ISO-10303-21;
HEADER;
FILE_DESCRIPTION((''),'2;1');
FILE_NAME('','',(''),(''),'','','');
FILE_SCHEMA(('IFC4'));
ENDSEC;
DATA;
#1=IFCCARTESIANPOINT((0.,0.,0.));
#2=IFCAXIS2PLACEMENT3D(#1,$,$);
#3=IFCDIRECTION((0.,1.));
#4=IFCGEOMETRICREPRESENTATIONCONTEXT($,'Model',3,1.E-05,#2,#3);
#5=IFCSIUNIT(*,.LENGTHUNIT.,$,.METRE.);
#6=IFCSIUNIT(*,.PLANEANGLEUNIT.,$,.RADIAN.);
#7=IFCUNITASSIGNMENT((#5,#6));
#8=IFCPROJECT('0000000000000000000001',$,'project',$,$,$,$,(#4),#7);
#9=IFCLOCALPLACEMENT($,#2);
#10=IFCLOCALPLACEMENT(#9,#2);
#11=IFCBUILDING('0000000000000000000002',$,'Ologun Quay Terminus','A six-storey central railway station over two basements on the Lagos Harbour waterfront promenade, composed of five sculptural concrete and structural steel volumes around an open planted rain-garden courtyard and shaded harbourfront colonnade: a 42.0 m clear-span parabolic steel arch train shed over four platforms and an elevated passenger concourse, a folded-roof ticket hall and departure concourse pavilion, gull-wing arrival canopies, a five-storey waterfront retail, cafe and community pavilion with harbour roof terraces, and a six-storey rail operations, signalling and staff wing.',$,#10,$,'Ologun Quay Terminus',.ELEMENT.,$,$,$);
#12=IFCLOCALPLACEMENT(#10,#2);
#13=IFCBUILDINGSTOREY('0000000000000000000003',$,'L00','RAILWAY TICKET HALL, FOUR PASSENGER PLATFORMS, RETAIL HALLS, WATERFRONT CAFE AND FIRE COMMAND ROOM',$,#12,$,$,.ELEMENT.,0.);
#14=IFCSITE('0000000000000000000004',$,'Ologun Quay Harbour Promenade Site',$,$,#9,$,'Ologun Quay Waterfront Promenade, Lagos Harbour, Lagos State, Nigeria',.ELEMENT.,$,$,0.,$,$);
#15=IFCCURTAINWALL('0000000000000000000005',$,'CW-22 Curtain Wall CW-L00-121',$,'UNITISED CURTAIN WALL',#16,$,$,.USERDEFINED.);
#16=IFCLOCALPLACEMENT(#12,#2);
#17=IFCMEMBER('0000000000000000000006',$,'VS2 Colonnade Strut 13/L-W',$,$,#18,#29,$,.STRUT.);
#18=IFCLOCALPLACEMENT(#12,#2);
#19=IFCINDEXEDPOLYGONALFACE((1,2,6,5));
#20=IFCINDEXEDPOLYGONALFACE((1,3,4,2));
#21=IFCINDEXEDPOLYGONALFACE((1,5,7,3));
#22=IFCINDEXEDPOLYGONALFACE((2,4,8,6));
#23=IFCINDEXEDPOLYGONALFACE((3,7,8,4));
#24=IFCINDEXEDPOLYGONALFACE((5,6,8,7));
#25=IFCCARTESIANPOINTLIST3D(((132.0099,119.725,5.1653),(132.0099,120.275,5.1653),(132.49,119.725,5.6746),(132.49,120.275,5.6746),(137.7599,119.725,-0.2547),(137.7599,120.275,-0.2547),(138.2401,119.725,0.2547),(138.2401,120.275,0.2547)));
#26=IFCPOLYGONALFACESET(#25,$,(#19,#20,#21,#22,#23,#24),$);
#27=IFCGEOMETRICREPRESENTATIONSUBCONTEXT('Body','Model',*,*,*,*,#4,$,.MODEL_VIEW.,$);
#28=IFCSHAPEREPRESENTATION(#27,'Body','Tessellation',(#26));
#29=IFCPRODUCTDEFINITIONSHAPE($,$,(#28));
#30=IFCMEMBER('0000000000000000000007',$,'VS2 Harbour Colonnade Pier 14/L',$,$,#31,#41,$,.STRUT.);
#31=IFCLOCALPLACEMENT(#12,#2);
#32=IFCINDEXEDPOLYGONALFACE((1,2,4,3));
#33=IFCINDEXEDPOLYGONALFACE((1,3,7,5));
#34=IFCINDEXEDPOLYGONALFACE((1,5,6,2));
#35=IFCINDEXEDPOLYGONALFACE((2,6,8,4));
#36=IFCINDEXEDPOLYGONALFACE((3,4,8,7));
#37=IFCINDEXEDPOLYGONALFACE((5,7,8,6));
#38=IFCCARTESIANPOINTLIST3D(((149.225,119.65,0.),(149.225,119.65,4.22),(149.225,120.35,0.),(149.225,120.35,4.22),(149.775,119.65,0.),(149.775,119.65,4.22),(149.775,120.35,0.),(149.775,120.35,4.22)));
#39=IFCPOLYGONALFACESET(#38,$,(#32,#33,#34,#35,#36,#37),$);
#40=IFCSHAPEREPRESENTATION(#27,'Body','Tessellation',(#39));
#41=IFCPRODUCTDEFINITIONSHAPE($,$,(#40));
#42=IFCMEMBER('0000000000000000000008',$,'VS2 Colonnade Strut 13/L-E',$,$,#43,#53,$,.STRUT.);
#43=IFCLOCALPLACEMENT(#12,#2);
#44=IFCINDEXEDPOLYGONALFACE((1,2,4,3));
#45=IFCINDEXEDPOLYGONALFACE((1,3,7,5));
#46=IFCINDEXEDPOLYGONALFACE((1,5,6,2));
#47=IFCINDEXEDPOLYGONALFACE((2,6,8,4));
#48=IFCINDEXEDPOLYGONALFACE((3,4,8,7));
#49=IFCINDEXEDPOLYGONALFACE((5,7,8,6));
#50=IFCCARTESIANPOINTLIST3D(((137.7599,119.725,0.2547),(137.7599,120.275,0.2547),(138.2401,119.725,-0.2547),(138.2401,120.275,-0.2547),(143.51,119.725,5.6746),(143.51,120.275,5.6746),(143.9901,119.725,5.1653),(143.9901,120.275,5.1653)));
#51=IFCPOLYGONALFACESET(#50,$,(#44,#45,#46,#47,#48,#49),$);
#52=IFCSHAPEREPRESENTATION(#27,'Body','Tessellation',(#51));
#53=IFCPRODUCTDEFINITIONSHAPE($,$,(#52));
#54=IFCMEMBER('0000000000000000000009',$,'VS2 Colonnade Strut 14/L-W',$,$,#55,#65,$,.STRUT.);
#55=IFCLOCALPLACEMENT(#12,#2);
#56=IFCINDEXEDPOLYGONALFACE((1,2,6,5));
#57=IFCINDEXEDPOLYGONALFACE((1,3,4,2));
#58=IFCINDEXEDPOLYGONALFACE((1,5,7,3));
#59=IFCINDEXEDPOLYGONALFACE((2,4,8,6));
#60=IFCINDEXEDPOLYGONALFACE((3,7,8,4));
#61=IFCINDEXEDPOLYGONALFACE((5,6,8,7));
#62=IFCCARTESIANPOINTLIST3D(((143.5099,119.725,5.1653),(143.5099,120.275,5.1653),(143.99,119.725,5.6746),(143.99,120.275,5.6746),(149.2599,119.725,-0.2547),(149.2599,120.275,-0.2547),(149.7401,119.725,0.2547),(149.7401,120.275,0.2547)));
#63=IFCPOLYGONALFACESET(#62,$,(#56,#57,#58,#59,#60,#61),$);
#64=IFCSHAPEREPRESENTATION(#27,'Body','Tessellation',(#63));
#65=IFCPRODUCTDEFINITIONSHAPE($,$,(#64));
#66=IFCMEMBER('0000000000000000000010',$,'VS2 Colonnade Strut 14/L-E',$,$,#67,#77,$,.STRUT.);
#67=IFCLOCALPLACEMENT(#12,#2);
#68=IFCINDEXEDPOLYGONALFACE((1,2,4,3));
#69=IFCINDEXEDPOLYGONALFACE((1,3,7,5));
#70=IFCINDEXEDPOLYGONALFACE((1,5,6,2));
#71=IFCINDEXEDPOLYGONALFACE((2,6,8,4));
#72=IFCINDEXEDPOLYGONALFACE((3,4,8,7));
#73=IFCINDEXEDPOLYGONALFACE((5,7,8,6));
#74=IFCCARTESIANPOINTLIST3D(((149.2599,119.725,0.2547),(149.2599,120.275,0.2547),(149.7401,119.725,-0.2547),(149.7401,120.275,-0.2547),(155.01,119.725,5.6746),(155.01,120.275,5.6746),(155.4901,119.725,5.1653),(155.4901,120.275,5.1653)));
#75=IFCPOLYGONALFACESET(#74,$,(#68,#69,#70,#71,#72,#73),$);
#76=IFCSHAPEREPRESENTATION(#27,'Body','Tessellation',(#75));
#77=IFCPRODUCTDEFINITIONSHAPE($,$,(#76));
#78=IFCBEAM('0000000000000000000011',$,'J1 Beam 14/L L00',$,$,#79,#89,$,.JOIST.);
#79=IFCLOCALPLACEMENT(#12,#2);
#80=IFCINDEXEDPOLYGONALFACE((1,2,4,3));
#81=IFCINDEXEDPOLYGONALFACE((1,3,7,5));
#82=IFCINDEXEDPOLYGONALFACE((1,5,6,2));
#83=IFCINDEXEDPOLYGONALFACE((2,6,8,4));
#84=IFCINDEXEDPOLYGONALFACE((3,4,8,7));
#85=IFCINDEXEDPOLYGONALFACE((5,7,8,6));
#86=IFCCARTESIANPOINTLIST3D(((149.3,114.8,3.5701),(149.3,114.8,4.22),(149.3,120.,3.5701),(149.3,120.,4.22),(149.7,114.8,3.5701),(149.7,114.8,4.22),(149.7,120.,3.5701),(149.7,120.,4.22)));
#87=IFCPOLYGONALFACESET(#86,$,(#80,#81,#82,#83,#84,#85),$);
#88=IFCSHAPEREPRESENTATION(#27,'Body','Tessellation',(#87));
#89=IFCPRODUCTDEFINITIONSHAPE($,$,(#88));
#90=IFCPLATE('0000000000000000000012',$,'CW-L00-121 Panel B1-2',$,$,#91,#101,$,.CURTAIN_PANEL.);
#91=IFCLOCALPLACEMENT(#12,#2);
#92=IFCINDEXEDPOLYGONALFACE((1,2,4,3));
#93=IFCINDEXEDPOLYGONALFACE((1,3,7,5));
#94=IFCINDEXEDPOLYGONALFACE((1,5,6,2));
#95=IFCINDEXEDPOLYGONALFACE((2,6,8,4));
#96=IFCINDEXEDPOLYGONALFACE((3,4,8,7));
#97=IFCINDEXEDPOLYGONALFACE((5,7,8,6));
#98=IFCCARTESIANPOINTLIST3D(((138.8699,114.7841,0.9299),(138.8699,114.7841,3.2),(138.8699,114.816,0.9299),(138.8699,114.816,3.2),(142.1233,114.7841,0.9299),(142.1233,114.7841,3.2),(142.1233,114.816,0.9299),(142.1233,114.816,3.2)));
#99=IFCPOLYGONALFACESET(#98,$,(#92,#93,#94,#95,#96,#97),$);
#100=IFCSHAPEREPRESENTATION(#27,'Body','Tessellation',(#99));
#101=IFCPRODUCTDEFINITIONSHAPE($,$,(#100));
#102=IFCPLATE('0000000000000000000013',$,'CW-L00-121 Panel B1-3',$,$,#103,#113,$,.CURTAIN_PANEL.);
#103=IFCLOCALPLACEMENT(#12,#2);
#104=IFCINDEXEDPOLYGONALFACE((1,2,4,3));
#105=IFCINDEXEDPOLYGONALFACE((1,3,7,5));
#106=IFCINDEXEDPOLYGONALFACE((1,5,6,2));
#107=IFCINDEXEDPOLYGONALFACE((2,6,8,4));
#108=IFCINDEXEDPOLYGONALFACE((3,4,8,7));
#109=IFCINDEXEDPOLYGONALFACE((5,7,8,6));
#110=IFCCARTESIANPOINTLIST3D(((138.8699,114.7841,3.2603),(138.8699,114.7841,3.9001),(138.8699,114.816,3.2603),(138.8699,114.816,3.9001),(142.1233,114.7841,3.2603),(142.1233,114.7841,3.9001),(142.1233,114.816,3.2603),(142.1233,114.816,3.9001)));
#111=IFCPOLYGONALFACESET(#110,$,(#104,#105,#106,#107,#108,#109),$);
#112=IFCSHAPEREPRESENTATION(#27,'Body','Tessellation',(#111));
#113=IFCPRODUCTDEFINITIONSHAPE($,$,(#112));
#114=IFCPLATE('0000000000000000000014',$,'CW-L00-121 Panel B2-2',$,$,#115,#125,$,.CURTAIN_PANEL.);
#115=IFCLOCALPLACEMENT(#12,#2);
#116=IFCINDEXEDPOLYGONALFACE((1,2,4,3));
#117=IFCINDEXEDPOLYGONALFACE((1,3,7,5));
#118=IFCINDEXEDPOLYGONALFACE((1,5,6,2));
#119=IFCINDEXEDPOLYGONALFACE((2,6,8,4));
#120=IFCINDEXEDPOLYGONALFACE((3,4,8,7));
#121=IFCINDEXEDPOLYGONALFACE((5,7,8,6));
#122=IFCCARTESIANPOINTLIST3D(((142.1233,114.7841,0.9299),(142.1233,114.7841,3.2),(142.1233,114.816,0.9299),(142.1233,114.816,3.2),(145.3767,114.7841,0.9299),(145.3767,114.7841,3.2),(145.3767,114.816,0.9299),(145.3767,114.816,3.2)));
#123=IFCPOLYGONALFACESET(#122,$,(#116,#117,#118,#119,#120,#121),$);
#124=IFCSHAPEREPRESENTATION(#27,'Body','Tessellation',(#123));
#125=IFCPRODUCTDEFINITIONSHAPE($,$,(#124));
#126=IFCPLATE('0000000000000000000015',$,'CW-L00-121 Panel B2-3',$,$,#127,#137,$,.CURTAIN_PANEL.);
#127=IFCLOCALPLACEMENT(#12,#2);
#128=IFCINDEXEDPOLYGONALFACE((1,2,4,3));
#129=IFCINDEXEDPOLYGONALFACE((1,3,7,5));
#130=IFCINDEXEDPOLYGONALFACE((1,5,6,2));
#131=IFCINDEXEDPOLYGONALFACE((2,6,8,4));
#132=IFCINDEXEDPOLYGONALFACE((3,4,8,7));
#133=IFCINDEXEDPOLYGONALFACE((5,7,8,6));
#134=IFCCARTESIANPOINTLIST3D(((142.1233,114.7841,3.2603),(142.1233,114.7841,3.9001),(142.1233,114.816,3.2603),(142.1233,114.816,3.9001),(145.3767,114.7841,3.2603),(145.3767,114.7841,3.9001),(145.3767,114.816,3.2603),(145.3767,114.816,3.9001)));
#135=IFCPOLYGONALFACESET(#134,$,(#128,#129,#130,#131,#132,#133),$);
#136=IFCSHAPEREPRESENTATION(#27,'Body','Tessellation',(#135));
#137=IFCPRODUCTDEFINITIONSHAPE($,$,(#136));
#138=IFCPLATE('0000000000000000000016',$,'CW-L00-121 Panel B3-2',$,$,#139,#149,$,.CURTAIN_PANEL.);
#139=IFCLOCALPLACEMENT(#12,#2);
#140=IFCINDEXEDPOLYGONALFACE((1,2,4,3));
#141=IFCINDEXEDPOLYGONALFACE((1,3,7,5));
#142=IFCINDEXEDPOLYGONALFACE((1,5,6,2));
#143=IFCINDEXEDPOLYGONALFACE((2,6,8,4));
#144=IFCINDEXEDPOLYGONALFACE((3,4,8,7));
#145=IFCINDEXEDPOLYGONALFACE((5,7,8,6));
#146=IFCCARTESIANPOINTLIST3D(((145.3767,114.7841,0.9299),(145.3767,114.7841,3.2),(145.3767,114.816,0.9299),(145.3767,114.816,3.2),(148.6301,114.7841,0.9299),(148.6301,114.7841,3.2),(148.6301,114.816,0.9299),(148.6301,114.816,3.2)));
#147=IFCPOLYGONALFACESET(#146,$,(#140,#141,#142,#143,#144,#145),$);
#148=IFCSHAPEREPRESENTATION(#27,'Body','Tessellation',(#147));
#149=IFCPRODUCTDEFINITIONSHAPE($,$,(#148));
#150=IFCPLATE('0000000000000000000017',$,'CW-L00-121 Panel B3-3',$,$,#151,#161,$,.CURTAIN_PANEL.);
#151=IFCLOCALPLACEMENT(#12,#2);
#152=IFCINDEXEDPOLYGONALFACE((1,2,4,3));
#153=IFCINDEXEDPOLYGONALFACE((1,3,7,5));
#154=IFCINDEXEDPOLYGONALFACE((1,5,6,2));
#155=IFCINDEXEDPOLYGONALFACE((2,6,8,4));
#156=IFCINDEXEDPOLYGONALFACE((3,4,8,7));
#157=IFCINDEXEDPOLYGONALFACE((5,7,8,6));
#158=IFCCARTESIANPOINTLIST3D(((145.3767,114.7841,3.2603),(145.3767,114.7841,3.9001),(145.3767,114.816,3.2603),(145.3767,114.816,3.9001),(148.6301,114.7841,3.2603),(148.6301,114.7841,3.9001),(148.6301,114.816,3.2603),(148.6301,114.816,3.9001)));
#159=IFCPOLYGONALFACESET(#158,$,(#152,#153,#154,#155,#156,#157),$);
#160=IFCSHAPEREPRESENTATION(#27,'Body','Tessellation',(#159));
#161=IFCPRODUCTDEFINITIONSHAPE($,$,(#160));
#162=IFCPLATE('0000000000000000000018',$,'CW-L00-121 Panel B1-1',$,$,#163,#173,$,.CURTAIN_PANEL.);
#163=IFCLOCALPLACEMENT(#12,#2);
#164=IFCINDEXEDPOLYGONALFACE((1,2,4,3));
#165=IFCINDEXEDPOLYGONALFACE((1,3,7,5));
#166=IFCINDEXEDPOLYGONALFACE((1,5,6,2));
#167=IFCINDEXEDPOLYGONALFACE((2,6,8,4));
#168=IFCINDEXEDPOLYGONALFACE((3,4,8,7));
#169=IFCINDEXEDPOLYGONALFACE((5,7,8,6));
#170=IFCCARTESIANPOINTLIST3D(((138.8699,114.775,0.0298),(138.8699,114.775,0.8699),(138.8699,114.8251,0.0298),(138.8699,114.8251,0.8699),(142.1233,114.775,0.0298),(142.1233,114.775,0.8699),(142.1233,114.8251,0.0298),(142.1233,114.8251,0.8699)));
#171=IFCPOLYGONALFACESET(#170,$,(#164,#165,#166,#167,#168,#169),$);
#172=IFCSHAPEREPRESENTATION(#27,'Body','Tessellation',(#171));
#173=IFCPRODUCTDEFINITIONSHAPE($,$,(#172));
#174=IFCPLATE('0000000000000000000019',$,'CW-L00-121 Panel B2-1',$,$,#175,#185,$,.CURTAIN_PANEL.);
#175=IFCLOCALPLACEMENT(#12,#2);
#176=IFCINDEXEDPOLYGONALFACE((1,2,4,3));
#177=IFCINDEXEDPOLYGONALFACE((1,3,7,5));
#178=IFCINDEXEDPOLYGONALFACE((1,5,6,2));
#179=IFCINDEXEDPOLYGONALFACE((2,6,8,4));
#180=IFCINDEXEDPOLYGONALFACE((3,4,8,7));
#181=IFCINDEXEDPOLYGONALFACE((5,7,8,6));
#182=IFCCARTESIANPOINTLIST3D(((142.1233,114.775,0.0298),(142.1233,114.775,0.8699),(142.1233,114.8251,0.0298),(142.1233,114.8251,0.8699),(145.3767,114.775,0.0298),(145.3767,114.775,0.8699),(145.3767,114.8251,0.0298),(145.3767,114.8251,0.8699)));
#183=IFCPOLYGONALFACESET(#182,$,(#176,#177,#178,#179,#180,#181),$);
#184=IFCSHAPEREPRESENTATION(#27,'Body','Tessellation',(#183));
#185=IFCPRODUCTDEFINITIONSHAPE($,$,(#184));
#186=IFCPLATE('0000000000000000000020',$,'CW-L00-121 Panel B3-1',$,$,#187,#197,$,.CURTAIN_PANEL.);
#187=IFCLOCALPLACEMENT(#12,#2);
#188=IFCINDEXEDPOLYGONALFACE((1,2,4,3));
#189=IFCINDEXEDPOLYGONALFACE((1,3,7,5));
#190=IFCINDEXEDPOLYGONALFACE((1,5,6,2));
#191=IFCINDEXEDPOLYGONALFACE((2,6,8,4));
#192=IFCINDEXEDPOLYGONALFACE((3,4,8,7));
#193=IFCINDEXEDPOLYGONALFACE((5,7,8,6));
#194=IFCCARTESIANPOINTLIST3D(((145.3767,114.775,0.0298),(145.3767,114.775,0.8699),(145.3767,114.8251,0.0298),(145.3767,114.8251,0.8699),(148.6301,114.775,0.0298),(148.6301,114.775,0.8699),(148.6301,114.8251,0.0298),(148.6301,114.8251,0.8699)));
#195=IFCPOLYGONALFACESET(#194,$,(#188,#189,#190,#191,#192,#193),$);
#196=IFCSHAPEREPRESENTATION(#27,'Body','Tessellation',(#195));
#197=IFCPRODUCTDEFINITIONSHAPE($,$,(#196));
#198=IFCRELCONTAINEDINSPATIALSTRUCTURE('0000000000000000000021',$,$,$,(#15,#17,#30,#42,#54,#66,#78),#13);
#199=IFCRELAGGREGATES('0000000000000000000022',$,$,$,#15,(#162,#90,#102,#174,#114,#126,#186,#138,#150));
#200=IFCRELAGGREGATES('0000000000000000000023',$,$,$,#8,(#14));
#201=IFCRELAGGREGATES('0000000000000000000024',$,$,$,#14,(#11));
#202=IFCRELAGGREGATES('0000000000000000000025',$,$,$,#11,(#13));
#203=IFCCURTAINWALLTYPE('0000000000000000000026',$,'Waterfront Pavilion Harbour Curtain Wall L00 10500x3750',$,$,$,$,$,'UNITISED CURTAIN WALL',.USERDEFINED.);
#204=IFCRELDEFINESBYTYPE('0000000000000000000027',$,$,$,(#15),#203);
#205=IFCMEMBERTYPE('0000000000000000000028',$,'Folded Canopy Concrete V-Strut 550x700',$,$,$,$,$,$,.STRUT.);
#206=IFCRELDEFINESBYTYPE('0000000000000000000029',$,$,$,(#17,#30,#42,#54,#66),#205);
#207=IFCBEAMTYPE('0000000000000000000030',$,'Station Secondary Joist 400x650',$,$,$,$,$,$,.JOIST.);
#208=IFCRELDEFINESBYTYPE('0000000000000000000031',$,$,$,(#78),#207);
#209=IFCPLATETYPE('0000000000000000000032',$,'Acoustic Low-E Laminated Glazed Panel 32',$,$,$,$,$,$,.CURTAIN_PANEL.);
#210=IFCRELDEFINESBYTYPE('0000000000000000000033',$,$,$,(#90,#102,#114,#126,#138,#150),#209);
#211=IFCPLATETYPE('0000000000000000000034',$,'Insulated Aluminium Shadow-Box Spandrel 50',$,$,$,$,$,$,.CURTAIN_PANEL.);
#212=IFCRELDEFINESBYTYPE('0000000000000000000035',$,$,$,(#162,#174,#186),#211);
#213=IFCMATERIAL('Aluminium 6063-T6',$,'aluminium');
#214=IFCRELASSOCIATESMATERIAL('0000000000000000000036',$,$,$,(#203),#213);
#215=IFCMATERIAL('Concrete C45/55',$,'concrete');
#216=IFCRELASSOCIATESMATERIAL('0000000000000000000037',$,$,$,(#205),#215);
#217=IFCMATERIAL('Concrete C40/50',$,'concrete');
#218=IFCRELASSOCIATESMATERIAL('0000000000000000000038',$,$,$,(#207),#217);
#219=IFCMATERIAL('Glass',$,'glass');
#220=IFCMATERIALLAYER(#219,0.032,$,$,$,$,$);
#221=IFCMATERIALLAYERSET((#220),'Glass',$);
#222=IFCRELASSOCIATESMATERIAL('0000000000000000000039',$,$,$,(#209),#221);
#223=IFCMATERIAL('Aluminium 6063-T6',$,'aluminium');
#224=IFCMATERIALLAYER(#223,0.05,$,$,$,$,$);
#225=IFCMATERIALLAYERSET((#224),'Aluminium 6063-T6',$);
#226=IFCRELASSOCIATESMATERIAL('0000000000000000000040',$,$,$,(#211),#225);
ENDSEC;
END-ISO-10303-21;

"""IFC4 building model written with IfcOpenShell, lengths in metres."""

from ifc_helpers import new_model, si_unit, direction, frame, origin, origin_2d, place, context, subcontext, project, spatial, rectangle, extrude, material, layer, layer_set, material_profile, profile_set, type_object, element, aggregate, save


model = new_model("IFC4")

# Units and contexts
model_context = context("Model", 3, precision=1e-05, world=origin(), true_north=direction((0.0, 1.0)))
body_context = subcontext(model_context, "Body", "Model", "MODEL_VIEW")
ifc_project = project(units=[si_unit("LENGTHUNIT", "METRE"), si_unit("PLANEANGLEUNIT", "RADIAN")], contexts=[model_context])

# Site, building, storey
site_placement = place(None, origin())
site = spatial("IfcSite", under=ifc_project, at=site_placement, Name="Ologun Quay Harbour Promenade Site", LongName="Ologun Quay Waterfront Promenade, Lagos Harbour, Lagos State, Nigeria", CompositionType="ELEMENT", RefElevation=0.0)
building_placement = place(site_placement, origin())
building = spatial("IfcBuilding", under=site, at=building_placement, Name="Ologun Quay Terminus", Description="A six-storey central railway station over two basements on the Lagos Harbour waterfront promenade, composed of five sculptural concrete and structural steel volumes around an open planted rain-garden courtyard and shaded harbourfront colonnade: a 42.0 m clear-span parabolic steel arch train shed over four platforms and an elevated passenger concourse, a folded-roof ticket hall and departure concourse pavilion, gull-wing arrival canopies, a five-storey waterfront retail, cafe and community pavilion with harbour roof terraces, and a six-storey rail operations, signalling and staff wing.", LongName="Ologun Quay Terminus", CompositionType="ELEMENT")
storey_placement = place(building_placement, origin())
storey = spatial("IfcBuildingStorey", under=building, at=storey_placement, Name="L00", Description="RAILWAY TICKET HALL, FOUR PASSENGER PLATFORMS, RETAIL HALLS, WATERFRONT CAFE AND FIRE COMMAND ROOM", CompositionType="ELEMENT", Elevation=0.0)

# Curtain wall
ifc_material_1 = material(Name="Aluminium 6063-T6", Category="aluminium")
curtain_wall_type = type_object("IfcCurtainWallType", Name="Waterfront Pavilion Harbour Curtain Wall L00 10500x3750", ElementType="UNITISED CURTAIN WALL", PredefinedType="USERDEFINED", material=ifc_material_1)
curtain_wall_placement = place(storey_placement, origin())
curtain_wall = element("IfcCurtainWall", 1, at=curtain_wall_placement, inside=storey, type_object=curtain_wall_type, Name="CW-22 Curtain Wall CW-L00-121", ObjectType="UNITISED CURTAIN WALL", PredefinedType="USERDEFINED")

# Members
ifc_material_2 = material(Name="Concrete C45/55", Category="concrete")
ifc_material_profile_1 = material_profile(ifc_material_2, rectangle(XDim=0.55, YDim=0.7, at=origin_2d()), Name="RC 550x700")
ifc_profile_set_1 = profile_set([ifc_material_profile_1], Name="Concrete C45/55")
member_type_1 = type_object("IfcMemberType", Name="Folded Canopy Concrete V-Strut 550x700", PredefinedType="STRUT", material=ifc_profile_set_1)
member_1_placement = place(storey_placement, frame((138.0, 120.0, 0.0), z_axis=(-0.727685, 0.0, 0.685912), x_axis=(0.0, -1.0, 0.0)))
element("IfcMember", 2, at=member_1_placement, inside=storey, type_object=member_type_1, Name="VS2 Colonnade Strut 13/L-W", PredefinedType="STRUT", context=body_context, shape_type="SweptSolid", body=[
    extrude(rectangle(XDim=0.55, YDim=0.7, at=origin_2d()), origin(), (0.0, 0.0, 1.0), 7.9019),
])
member_2_placement = place(storey_placement, frame((149.5, 120.0, 0.0), z_axis=(0.0, 0.0, 1.0), x_axis=(1.0, 0.0, 0.0)))
element("IfcMember", 3, at=member_2_placement, inside=storey, type_object=member_type_1, Name="VS2 Harbour Colonnade Pier 14/L", PredefinedType="STRUT", context=body_context, shape_type="SweptSolid", body=[
    extrude(rectangle(XDim=0.55, YDim=0.7, at=origin_2d()), origin(), (0.0, 0.0, 1.0), 4.22),
])
for number, where, z_axis, x_axis, name in (
    (4, (138.0, 120.0, 0.0), (0.727685, 0.0, 0.685912), (0.0, 1.0, 0.0), "VS2 Colonnade Strut 13/L-E"),
    (5, (149.5, 120.0, 0.0), (-0.727685, 0.0, 0.685912), (0.0, -1.0, 0.0), "VS2 Colonnade Strut 14/L-W"),
    (6, (149.5, 120.0, 0.0), (0.727685, 0.0, 0.685912), (0.0, 1.0, 0.0), "VS2 Colonnade Strut 14/L-E"),
):
    element("IfcMember", number, at=place(storey_placement, frame(where, z_axis=z_axis, x_axis=x_axis)), inside=storey, type_object=member_type_1, Name=name, PredefinedType="STRUT", context=body_context, shape_type="SweptSolid", body=[
        extrude(rectangle(XDim=0.55, YDim=0.7, at=origin_2d()), origin(), (0.0, 0.0, 1.0), 7.9019),
    ])

# Beam
ifc_material_3 = material(Name="Concrete C40/50", Category="concrete")
ifc_material_profile_2 = material_profile(ifc_material_3, rectangle(XDim=0.3999, YDim=0.6499, at=origin_2d()), Name="RC 400x650")
ifc_profile_set_2 = profile_set([ifc_material_profile_2], Name="Concrete C40/50")
beam_type = type_object("IfcBeamType", Name="Station Secondary Joist 400x650", PredefinedType="JOIST", material=ifc_profile_set_2)
beam_placement = place(storey_placement, frame((149.5, 114.8, 3.895), z_axis=(0.0, 1.0, 0.0), x_axis=(-1.0, 0.0, 0.0)))
element("IfcBeam", 7, at=beam_placement, inside=storey, type_object=beam_type, Name="J1 Beam 14/L L00", PredefinedType="JOIST", context=body_context, shape_type="SweptSolid", body=[
    extrude(rectangle(XDim=0.3999, YDim=0.6499, at=origin_2d()), origin(), (0.0, 0.0, 1.0), 5.2),
])

# Plates
ifc_material_4 = material(Name="Glass", Category="glass")
ifc_layer_1 = layer(ifc_material_4, 0.032)
ifc_layer_set_1 = layer_set([ifc_layer_1], Name="Glass")
plate_type_1 = type_object("IfcPlateType", Name="Acoustic Low-E Laminated Glazed Panel 32", PredefinedType="CURTAIN_PANEL", material=ifc_layer_set_1)
plate_1_placement = place(storey_placement, frame((140.4966, 114.8, 0.9299), z_axis=(0.0, 0.0, 1.0), x_axis=(1.0, 0.0, 0.0)))
plate_1 = element("IfcPlate", 8, at=plate_1_placement, type_object=plate_type_1, Name="CW-L00-121 Panel B1-2", PredefinedType="CURTAIN_PANEL", context=body_context, shape_type="SweptSolid", body=[
    extrude(rectangle(XDim=3.2534, YDim=0.032, at=origin_2d()), origin(), (0.0, 0.0, 1.0), 2.27),
])
plate_2_placement = place(storey_placement, frame((140.4966, 114.8, 3.2603), z_axis=(0.0, 0.0, 1.0), x_axis=(1.0, 0.0, 0.0)))
plate_2 = element("IfcPlate", 9, at=plate_2_placement, type_object=plate_type_1, Name="CW-L00-121 Panel B1-3", PredefinedType="CURTAIN_PANEL", context=body_context, shape_type="SweptSolid", body=[
    extrude(rectangle(XDim=3.2534, YDim=0.032, at=origin_2d()), origin(), (0.0, 0.0, 1.0), 0.6399),
])
plate_3_placement = place(storey_placement, frame((143.75, 114.8, 0.9299), z_axis=(0.0, 0.0, 1.0), x_axis=(1.0, 0.0, 0.0)))
plate_3 = element("IfcPlate", 10, at=plate_3_placement, type_object=plate_type_1, Name="CW-L00-121 Panel B2-2", PredefinedType="CURTAIN_PANEL", context=body_context, shape_type="SweptSolid", body=[
    extrude(rectangle(XDim=3.2534, YDim=0.032, at=origin_2d()), origin(), (0.0, 0.0, 1.0), 2.27),
])
plate_4_placement = place(storey_placement, frame((143.75, 114.8, 3.2603), z_axis=(0.0, 0.0, 1.0), x_axis=(1.0, 0.0, 0.0)))
plate_4 = element("IfcPlate", 11, at=plate_4_placement, type_object=plate_type_1, Name="CW-L00-121 Panel B2-3", PredefinedType="CURTAIN_PANEL", context=body_context, shape_type="SweptSolid", body=[
    extrude(rectangle(XDim=3.2534, YDim=0.032, at=origin_2d()), origin(), (0.0, 0.0, 1.0), 0.6399),
])
plate_5_placement = place(storey_placement, frame((147.0034, 114.8, 0.9299), z_axis=(0.0, 0.0, 1.0), x_axis=(1.0, 0.0, 0.0)))
plate_5 = element("IfcPlate", 12, at=plate_5_placement, type_object=plate_type_1, Name="CW-L00-121 Panel B3-2", PredefinedType="CURTAIN_PANEL", context=body_context, shape_type="SweptSolid", body=[
    extrude(rectangle(XDim=3.2534, YDim=0.032, at=origin_2d()), origin(), (0.0, 0.0, 1.0), 2.27),
])
plate_6_placement = place(storey_placement, frame((147.0034, 114.8, 3.2603), z_axis=(0.0, 0.0, 1.0), x_axis=(1.0, 0.0, 0.0)))
plate_6 = element("IfcPlate", 13, at=plate_6_placement, type_object=plate_type_1, Name="CW-L00-121 Panel B3-3", PredefinedType="CURTAIN_PANEL", context=body_context, shape_type="SweptSolid", body=[
    extrude(rectangle(XDim=3.2534, YDim=0.032, at=origin_2d()), origin(), (0.0, 0.0, 1.0), 0.6399),
])
ifc_material_5 = material(Name="Aluminium 6063-T6", Category="aluminium")
ifc_layer_2 = layer(ifc_material_5, 0.05)
ifc_layer_set_2 = layer_set([ifc_layer_2], Name="Aluminium 6063-T6")
plate_type_2 = type_object("IfcPlateType", Name="Insulated Aluminium Shadow-Box Spandrel 50", PredefinedType="CURTAIN_PANEL", material=ifc_layer_set_2)
plate_7_placement = place(storey_placement, frame((140.4966, 114.8, 0.0298), z_axis=(0.0, 0.0, 1.0), x_axis=(1.0, 0.0, 0.0)))
plate_7 = element("IfcPlate", 14, at=plate_7_placement, type_object=plate_type_2, Name="CW-L00-121 Panel B1-1", PredefinedType="CURTAIN_PANEL", context=body_context, shape_type="SweptSolid", body=[
    extrude(rectangle(XDim=3.2534, YDim=0.05, at=origin_2d()), origin(), (0.0, 0.0, 1.0), 0.8401),
])
plate_8_placement = place(storey_placement, frame((143.75, 114.8, 0.0298), z_axis=(0.0, 0.0, 1.0), x_axis=(1.0, 0.0, 0.0)))
plate_8 = element("IfcPlate", 15, at=plate_8_placement, type_object=plate_type_2, Name="CW-L00-121 Panel B2-1", PredefinedType="CURTAIN_PANEL", context=body_context, shape_type="SweptSolid", body=[
    extrude(rectangle(XDim=3.2534, YDim=0.05, at=origin_2d()), origin(), (0.0, 0.0, 1.0), 0.8401),
])
plate_9_placement = place(storey_placement, frame((147.0034, 114.8, 0.0298), z_axis=(0.0, 0.0, 1.0), x_axis=(1.0, 0.0, 0.0)))
plate_9 = element("IfcPlate", 16, at=plate_9_placement, type_object=plate_type_2, Name="CW-L00-121 Panel B3-1", PredefinedType="CURTAIN_PANEL", context=body_context, shape_type="SweptSolid", body=[
    extrude(rectangle(XDim=3.2534, YDim=0.05, at=origin_2d()), origin(), (0.0, 0.0, 1.0), 0.8401),
])
aggregate(curtain_wall, [plate_7, plate_1, plate_2, plate_8, plate_3, plate_4, plate_9, plate_5, plate_6])

save(model, "model.ifc")
